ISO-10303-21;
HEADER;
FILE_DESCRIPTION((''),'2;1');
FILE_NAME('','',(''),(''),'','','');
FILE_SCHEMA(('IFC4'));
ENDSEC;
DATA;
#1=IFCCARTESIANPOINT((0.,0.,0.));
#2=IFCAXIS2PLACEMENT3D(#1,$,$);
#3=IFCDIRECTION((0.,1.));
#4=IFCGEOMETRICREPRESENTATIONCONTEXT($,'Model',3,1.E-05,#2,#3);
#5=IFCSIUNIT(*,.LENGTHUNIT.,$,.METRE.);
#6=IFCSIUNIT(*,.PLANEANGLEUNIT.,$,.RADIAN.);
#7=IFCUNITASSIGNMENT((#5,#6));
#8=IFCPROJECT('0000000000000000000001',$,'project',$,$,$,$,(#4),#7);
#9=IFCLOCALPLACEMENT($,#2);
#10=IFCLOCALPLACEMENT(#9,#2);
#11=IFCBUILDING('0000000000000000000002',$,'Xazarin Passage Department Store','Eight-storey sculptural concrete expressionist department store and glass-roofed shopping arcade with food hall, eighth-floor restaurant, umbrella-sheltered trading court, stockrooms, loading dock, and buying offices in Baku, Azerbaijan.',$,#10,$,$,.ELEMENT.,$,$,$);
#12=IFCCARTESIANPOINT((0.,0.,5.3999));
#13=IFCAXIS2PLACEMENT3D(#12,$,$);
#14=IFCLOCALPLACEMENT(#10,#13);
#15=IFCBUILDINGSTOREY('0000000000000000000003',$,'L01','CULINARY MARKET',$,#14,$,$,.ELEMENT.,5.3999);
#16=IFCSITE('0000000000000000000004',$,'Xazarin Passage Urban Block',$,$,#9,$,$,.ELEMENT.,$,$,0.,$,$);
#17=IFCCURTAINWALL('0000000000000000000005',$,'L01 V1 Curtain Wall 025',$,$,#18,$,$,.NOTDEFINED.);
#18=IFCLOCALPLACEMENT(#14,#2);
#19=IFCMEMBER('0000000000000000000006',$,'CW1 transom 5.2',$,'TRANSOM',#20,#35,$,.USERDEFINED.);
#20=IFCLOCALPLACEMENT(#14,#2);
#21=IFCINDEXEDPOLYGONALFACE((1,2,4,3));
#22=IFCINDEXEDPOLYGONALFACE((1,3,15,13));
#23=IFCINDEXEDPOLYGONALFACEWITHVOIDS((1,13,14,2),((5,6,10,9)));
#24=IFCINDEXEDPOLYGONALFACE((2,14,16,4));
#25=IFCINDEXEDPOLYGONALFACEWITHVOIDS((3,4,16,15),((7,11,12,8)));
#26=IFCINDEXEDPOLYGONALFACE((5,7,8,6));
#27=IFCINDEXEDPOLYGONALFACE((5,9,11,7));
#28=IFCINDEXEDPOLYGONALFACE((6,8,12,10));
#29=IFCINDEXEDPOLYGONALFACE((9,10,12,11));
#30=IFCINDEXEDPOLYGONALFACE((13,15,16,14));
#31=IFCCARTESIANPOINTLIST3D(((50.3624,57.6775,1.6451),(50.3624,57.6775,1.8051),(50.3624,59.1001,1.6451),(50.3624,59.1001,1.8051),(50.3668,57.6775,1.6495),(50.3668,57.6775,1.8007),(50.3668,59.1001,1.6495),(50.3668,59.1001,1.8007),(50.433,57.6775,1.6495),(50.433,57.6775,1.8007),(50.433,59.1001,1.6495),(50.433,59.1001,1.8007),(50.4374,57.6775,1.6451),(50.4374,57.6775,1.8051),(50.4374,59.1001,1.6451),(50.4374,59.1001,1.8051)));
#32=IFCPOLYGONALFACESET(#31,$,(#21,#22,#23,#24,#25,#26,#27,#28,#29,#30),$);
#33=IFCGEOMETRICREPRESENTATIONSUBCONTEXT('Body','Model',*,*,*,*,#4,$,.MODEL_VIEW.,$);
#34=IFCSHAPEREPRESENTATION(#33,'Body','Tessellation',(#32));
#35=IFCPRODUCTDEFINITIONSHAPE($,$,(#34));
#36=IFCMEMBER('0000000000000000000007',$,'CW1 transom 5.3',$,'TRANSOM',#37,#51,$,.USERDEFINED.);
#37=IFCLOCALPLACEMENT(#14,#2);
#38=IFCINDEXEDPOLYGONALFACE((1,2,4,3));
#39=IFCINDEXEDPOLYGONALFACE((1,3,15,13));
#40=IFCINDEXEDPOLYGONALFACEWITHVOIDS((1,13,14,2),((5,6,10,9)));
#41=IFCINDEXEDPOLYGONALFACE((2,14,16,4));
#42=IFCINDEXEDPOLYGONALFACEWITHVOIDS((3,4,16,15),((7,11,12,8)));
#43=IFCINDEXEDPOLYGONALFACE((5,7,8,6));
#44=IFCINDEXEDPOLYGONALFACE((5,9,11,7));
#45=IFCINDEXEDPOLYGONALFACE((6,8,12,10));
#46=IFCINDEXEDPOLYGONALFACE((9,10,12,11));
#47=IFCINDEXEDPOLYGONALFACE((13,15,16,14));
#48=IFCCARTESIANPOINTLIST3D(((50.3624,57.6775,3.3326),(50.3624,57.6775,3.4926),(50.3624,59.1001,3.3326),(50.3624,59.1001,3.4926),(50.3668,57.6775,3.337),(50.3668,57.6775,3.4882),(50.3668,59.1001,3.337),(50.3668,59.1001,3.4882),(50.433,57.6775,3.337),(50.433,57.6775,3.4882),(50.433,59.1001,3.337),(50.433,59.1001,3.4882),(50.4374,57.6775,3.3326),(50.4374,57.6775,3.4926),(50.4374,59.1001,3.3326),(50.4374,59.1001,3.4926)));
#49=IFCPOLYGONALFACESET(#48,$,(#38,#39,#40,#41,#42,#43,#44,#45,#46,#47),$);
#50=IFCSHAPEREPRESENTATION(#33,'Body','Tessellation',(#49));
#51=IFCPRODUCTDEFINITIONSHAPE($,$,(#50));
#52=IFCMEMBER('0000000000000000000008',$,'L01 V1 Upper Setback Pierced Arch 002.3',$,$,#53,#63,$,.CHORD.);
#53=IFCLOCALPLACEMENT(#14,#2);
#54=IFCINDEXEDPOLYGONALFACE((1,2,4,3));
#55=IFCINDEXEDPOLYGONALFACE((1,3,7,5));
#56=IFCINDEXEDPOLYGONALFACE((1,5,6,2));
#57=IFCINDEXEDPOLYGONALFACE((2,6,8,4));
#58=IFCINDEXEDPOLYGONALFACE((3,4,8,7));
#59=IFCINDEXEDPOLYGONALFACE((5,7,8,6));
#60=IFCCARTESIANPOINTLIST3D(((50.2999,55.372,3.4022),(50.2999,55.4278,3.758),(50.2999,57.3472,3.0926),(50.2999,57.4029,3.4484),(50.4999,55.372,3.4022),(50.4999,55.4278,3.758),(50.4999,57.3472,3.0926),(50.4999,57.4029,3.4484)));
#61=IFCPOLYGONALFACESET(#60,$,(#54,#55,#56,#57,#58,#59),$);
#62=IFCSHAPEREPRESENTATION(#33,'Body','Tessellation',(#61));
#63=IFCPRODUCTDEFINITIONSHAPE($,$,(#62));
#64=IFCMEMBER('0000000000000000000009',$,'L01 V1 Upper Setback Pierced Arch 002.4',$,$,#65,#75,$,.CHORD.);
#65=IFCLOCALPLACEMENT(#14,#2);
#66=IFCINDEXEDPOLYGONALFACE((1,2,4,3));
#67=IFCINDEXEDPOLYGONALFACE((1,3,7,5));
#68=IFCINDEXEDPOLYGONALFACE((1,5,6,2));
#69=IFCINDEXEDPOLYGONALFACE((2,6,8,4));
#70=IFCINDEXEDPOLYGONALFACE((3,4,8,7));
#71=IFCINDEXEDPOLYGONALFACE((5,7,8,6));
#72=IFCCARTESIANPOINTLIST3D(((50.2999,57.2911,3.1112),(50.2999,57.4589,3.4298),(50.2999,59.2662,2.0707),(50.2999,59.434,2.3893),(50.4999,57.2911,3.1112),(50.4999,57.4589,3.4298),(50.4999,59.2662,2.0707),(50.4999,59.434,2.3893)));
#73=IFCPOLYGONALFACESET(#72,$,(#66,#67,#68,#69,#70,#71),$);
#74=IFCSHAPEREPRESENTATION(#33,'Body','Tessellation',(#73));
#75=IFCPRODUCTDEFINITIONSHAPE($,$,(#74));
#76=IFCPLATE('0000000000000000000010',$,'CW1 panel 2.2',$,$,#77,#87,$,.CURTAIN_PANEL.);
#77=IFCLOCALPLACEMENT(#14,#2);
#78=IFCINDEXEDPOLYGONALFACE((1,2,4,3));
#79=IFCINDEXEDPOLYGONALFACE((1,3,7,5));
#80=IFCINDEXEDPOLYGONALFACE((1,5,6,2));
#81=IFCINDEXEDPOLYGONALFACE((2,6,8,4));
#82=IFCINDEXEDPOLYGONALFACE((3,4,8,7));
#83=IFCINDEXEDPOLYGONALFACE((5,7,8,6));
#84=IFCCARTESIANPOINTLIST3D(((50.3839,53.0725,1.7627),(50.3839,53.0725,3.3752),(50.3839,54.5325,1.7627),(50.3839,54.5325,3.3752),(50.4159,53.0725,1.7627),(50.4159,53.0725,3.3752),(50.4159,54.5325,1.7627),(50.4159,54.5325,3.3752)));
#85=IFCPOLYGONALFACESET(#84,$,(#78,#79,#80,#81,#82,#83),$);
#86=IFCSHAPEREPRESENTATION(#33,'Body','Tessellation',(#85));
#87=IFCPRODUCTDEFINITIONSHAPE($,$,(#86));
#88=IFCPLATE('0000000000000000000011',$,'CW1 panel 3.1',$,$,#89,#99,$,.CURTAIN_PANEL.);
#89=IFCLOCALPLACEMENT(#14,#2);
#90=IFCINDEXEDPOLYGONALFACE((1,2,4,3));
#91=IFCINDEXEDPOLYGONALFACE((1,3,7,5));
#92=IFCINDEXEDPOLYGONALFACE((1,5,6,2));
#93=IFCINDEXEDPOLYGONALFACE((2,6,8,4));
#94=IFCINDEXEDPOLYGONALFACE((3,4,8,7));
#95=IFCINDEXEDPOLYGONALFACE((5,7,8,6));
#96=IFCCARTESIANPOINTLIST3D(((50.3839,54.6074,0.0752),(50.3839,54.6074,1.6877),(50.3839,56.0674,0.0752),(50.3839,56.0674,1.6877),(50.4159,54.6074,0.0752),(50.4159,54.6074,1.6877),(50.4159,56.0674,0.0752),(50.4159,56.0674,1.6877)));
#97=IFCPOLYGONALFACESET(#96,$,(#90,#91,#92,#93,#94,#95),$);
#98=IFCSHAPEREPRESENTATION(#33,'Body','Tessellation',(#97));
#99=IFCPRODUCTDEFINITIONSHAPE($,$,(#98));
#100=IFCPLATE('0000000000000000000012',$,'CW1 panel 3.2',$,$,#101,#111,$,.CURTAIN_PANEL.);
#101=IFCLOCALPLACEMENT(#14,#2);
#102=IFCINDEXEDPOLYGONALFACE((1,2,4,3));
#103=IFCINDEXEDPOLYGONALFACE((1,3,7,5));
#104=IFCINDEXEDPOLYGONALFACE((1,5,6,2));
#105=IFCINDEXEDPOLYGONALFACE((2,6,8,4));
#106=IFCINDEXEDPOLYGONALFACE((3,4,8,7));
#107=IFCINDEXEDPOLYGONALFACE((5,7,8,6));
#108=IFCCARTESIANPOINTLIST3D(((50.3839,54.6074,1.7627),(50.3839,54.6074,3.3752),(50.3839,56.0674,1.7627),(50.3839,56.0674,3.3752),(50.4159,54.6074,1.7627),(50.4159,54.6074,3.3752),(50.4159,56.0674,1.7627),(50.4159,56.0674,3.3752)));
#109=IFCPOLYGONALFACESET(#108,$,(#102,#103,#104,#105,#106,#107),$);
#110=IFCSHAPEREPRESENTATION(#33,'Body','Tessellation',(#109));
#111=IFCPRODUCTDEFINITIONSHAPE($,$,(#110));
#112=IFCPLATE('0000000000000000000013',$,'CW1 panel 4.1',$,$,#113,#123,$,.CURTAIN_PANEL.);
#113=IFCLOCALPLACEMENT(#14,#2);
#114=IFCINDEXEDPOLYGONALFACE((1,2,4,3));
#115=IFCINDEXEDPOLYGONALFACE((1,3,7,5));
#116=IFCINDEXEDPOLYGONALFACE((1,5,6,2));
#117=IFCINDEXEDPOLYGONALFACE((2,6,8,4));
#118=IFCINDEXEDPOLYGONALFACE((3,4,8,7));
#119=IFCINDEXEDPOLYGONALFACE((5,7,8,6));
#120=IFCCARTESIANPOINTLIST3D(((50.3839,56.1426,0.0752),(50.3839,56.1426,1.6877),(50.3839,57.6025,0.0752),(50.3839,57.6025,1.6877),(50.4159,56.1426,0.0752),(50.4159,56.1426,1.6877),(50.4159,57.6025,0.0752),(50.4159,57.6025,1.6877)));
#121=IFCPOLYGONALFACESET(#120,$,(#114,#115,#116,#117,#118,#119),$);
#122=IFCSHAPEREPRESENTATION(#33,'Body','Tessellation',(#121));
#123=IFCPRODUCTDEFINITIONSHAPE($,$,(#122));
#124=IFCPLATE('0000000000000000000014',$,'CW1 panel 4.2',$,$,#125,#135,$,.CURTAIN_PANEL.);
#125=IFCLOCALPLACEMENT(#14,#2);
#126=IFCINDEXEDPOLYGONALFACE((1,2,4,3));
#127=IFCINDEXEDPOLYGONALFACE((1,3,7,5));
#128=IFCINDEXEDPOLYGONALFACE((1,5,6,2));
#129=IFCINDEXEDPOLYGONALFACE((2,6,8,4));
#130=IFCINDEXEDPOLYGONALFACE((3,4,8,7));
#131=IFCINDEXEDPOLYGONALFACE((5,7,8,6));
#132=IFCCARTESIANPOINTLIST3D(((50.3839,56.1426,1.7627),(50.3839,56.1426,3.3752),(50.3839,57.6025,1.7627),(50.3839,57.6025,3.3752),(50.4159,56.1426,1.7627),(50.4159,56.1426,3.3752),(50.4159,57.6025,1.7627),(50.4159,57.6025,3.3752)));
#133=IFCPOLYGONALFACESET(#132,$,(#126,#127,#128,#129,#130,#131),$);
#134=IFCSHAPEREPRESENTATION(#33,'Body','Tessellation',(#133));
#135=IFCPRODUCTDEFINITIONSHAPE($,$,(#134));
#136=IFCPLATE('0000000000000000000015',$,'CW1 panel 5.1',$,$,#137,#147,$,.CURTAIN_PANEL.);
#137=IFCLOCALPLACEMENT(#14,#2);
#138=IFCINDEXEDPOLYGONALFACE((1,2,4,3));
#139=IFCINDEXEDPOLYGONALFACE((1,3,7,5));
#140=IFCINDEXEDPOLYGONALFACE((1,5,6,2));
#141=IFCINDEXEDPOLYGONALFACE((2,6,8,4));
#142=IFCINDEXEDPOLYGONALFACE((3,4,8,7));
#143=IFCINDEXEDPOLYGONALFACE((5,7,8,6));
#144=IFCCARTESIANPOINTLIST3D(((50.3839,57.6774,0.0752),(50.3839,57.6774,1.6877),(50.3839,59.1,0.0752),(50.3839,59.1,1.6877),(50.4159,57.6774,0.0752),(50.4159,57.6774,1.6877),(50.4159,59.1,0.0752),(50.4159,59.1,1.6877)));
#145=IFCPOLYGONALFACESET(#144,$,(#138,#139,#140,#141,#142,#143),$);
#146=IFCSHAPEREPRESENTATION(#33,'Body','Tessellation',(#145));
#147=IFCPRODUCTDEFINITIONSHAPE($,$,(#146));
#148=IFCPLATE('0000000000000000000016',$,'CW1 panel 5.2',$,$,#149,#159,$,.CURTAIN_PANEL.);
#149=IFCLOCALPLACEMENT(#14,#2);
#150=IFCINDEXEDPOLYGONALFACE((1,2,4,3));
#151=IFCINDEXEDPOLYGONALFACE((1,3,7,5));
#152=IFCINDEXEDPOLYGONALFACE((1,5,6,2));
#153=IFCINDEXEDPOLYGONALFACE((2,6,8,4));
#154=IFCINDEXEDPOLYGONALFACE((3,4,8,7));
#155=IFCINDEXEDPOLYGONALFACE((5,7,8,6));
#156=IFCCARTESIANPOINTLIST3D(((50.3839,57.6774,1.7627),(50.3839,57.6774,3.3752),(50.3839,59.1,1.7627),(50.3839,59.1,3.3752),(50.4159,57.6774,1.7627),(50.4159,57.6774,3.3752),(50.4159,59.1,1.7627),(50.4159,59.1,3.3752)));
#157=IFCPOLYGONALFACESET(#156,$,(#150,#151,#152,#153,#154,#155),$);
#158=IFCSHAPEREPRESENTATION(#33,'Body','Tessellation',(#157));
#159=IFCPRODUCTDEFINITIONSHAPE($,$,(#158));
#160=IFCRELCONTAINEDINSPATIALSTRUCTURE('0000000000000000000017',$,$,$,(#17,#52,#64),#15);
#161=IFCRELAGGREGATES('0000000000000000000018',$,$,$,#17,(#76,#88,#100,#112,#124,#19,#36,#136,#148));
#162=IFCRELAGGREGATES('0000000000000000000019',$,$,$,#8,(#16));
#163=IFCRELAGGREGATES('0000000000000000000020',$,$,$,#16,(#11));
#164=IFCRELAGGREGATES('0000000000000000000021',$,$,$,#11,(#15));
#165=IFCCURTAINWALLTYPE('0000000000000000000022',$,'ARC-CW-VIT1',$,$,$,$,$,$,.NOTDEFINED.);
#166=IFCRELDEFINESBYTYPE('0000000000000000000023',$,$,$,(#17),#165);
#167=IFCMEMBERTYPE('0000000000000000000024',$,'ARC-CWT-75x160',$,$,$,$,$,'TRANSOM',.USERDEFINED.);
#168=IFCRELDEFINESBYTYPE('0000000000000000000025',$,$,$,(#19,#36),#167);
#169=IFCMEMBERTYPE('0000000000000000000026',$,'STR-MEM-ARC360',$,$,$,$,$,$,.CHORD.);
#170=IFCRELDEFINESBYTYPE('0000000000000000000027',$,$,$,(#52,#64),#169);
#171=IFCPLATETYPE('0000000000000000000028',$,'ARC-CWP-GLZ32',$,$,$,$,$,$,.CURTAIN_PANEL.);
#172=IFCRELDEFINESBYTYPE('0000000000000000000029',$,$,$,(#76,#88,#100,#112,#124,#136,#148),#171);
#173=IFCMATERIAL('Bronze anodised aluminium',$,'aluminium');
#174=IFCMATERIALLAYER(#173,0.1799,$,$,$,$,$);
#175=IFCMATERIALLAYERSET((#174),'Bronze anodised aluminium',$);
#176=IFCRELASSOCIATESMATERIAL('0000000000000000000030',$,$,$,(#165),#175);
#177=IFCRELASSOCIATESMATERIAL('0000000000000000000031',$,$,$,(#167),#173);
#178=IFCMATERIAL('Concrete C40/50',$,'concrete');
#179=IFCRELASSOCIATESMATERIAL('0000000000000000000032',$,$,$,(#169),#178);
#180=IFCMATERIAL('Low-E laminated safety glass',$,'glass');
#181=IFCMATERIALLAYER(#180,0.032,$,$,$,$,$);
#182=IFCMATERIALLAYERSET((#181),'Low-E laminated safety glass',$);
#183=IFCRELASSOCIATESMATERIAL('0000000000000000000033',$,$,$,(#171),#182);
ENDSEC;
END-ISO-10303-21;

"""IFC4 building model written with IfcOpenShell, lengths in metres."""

from ifc_helpers import new_model, si_unit, direction, frame, origin, origin_2d, place, context, subcontext, project, spatial, rectangle, hollow_rectangle, extrude, material, layer, layer_set, material_profile, profile_set, type_object, element, aggregate, save


model = new_model("IFC4")

# Units and contexts
model_context = context("Model", 3, precision=1e-05, world=origin(), true_north=direction((0.0, 1.0)))
body_context = subcontext(model_context, "Body", "Model", "MODEL_VIEW")
ifc_project = project(units=[si_unit("LENGTHUNIT", "METRE"), si_unit("PLANEANGLEUNIT", "RADIAN")], contexts=[model_context])

# Site, building, storey
site_placement = place(None, origin())
site = spatial("IfcSite", under=ifc_project, at=site_placement, Name="Xazarin Passage Urban Block", CompositionType="ELEMENT", RefElevation=0.0)
building_placement = place(site_placement, origin())
building = spatial("IfcBuilding", under=site, at=building_placement, Name="Xazarin Passage Department Store", Description="Eight-storey sculptural concrete expressionist department store and glass-roofed shopping arcade with food hall, eighth-floor restaurant, umbrella-sheltered trading court, stockrooms, loading dock, and buying offices in Baku, Azerbaijan.", CompositionType="ELEMENT")
storey_placement = place(building_placement, frame((0.0, 0.0, 5.3999)))
storey = spatial("IfcBuildingStorey", under=building, at=storey_placement, Name="L01", Description="CULINARY MARKET", CompositionType="ELEMENT", Elevation=5.3999)

# Curtain wall, members
ifc_material_1 = material(Name="Bronze anodised aluminium", Category="aluminium")
ifc_layer_1 = layer(ifc_material_1, 0.1799)
ifc_layer_set_1 = layer_set([ifc_layer_1], Name="Bronze anodised aluminium")
curtain_wall_type = type_object("IfcCurtainWallType", Name="ARC-CW-VIT1", PredefinedType="NOTDEFINED", material=ifc_layer_set_1)
curtain_wall_placement = place(storey_placement, origin())
curtain_wall = element("IfcCurtainWall", 1, at=curtain_wall_placement, inside=storey, type_object=curtain_wall_type, Name="L01 V1 Curtain Wall 025", PredefinedType="NOTDEFINED")
ifc_material_profile_1 = material_profile(ifc_material_1, hollow_rectangle(XDim=0.075, YDim=0.1599, WallThickness=0.0044, at=origin_2d()), Name="ALU 75x160")
ifc_profile_set_1 = profile_set([ifc_material_profile_1], Name="Bronze anodised aluminium")
member_type_1 = type_object("IfcMemberType", Name="ARC-CWT-75x160", ElementType="TRANSOM", PredefinedType="USERDEFINED", material=ifc_profile_set_1)
member_1_placement = place(storey_placement, frame((50.3999, 57.6775, 1.7251), z_axis=(0.0, 1.0, 0.0), x_axis=(-1.0, 0.0, 0.0)))
member_1 = element("IfcMember", 2, at=member_1_placement, type_object=member_type_1, Name="CW1 transom 5.2", ObjectType="TRANSOM", PredefinedType="USERDEFINED", context=body_context, shape_type="SweptSolid", body=[
    extrude(hollow_rectangle(XDim=0.075, YDim=0.1599, WallThickness=0.0044, at=origin_2d()), origin(), (0.0, 0.0, 1.0), 1.4226),
])
member_2_placement = place(storey_placement, frame((50.3999, 57.6775, 3.4126), z_axis=(0.0, 1.0, 0.0), x_axis=(-1.0, 0.0, 0.0)))
member_2 = element("IfcMember", 3, at=member_2_placement, type_object=member_type_1, Name="CW1 transom 5.3", ObjectType="TRANSOM", PredefinedType="USERDEFINED", context=body_context, shape_type="SweptSolid", body=[
    extrude(hollow_rectangle(XDim=0.075, YDim=0.1599, WallThickness=0.0044, at=origin_2d()), origin(), (0.0, 0.0, 1.0), 1.4226),
])

# Members
ifc_material_2 = material(Name="Concrete C40/50", Category="concrete")
ifc_material_profile_2 = material_profile(ifc_material_2, rectangle(XDim=0.2, YDim=0.3601, at=origin_2d()), Name="RC 200x360")
ifc_profile_set_2 = profile_set([ifc_material_profile_2], Name="Concrete C40/50")
member_type_2 = type_object("IfcMemberType", Name="STR-MEM-ARC360", PredefinedType="CHORD", material=ifc_profile_set_2)
member_3_placement = place(storey_placement, frame((50.3999, 55.3999, 3.5801), z_axis=(0.0, 0.987939, -0.154846), x_axis=(-1.0, 0.0, 0.0)))
element("IfcMember", 4, at=member_3_placement, inside=storey, type_object=member_type_2, Name="L01 V1 Upper Setback Pierced Arch 002.3", PredefinedType="CHORD", context=body_context, shape_type="SweptSolid", body=[
    extrude(rectangle(XDim=0.2, YDim=0.3601, at=origin_2d()), origin(), (0.0, 0.0, 1.0), 1.9993),
])
member_4_placement = place(storey_placement, frame((50.3999, 57.375, 3.2705), z_axis=(0.0, 0.884733, -0.466098), x_axis=(-1.0, 0.0, 0.0)))
element("IfcMember", 5, at=member_4_placement, inside=storey, type_object=member_type_2, Name="L01 V1 Upper Setback Pierced Arch 002.4", PredefinedType="CHORD", context=body_context, shape_type="SweptSolid", body=[
    extrude(rectangle(XDim=0.2, YDim=0.3601, at=origin_2d()), origin(), (0.0, 0.0, 1.0), 2.2324),
])

# Plates
ifc_material_3 = material(Name="Low-E laminated safety glass", Category="glass")
ifc_layer_2 = layer(ifc_material_3, 0.032)
ifc_layer_set_2 = layer_set([ifc_layer_2], Name="Low-E laminated safety glass")
plate_type = type_object("IfcPlateType", Name="ARC-CWP-GLZ32", PredefinedType="CURTAIN_PANEL", material=ifc_layer_set_2)
plate_1_placement = place(storey_placement, frame((50.3999, 53.8025, 1.7627), z_axis=(0.0, 0.0, 1.0), x_axis=(0.0, 1.0, 0.0)))
plate_1 = element("IfcPlate", 6, at=plate_1_placement, type_object=plate_type, Name="CW1 panel 2.2", PredefinedType="CURTAIN_PANEL", context=body_context, shape_type="SweptSolid", body=[
    extrude(rectangle(XDim=1.46, YDim=0.032, at=origin_2d()), origin(), (0.0, 0.0, 1.0), 1.6125),
])
plate_2_placement = place(storey_placement, frame((50.3999, 55.3374, 0.0752), z_axis=(0.0, 0.0, 1.0), x_axis=(0.0, 1.0, 0.0)))
plate_2 = element("IfcPlate", 7, at=plate_2_placement, type_object=plate_type, Name="CW1 panel 3.1", PredefinedType="CURTAIN_PANEL", context=body_context, shape_type="SweptSolid", body=[
    extrude(rectangle(XDim=1.46, YDim=0.032, at=origin_2d()), origin(), (0.0, 0.0, 1.0), 1.6125),
])
plate_3_placement = place(storey_placement, frame((50.3999, 55.3374, 1.7627), z_axis=(0.0, 0.0, 1.0), x_axis=(0.0, 1.0, 0.0)))
plate_3 = element("IfcPlate", 8, at=plate_3_placement, type_object=plate_type, Name="CW1 panel 3.2", PredefinedType="CURTAIN_PANEL", context=body_context, shape_type="SweptSolid", body=[
    extrude(rectangle(XDim=1.46, YDim=0.032, at=origin_2d()), origin(), (0.0, 0.0, 1.0), 1.6125),
])
plate_4_placement = place(storey_placement, frame((50.3999, 56.8726, 0.0752), z_axis=(0.0, 0.0, 1.0), x_axis=(0.0, 1.0, 0.0)))
plate_4 = element("IfcPlate", 9, at=plate_4_placement, type_object=plate_type, Name="CW1 panel 4.1", PredefinedType="CURTAIN_PANEL", context=body_context, shape_type="SweptSolid", body=[
    extrude(rectangle(XDim=1.46, YDim=0.032, at=origin_2d()), origin(), (0.0, 0.0, 1.0), 1.6125),
])
plate_5_placement = place(storey_placement, frame((50.3999, 56.8726, 1.7627), z_axis=(0.0, 0.0, 1.0), x_axis=(0.0, 1.0, 0.0)))
plate_5 = element("IfcPlate", 10, at=plate_5_placement, type_object=plate_type, Name="CW1 panel 4.2", PredefinedType="CURTAIN_PANEL", context=body_context, shape_type="SweptSolid", body=[
    extrude(rectangle(XDim=1.46, YDim=0.032, at=origin_2d()), origin(), (0.0, 0.0, 1.0), 1.6125),
])
plate_6_placement = place(storey_placement, frame((50.3999, 58.3887, 0.0752), z_axis=(0.0, 0.0, 1.0), x_axis=(0.0, 1.0, 0.0)))
plate_6 = element("IfcPlate", 11, at=plate_6_placement, type_object=plate_type, Name="CW1 panel 5.1", PredefinedType="CURTAIN_PANEL", context=body_context, shape_type="SweptSolid", body=[
    extrude(rectangle(XDim=1.4226, YDim=0.032, at=origin_2d()), origin(), (0.0, 0.0, 1.0), 1.6125),
])
plate_7_placement = place(storey_placement, frame((50.3999, 58.3887, 1.7627), z_axis=(0.0, 0.0, 1.0), x_axis=(0.0, 1.0, 0.0)))
plate_7 = element("IfcPlate", 12, at=plate_7_placement, type_object=plate_type, Name="CW1 panel 5.2", PredefinedType="CURTAIN_PANEL", context=body_context, shape_type="SweptSolid", body=[
    extrude(rectangle(XDim=1.4226, YDim=0.032, at=origin_2d()), origin(), (0.0, 0.0, 1.0), 1.6125),
])
aggregate(curtain_wall, [plate_1, plate_2, plate_3, plate_4, plate_5, member_1, member_2, plate_6, plate_7])

save(model, "model.ifc")
